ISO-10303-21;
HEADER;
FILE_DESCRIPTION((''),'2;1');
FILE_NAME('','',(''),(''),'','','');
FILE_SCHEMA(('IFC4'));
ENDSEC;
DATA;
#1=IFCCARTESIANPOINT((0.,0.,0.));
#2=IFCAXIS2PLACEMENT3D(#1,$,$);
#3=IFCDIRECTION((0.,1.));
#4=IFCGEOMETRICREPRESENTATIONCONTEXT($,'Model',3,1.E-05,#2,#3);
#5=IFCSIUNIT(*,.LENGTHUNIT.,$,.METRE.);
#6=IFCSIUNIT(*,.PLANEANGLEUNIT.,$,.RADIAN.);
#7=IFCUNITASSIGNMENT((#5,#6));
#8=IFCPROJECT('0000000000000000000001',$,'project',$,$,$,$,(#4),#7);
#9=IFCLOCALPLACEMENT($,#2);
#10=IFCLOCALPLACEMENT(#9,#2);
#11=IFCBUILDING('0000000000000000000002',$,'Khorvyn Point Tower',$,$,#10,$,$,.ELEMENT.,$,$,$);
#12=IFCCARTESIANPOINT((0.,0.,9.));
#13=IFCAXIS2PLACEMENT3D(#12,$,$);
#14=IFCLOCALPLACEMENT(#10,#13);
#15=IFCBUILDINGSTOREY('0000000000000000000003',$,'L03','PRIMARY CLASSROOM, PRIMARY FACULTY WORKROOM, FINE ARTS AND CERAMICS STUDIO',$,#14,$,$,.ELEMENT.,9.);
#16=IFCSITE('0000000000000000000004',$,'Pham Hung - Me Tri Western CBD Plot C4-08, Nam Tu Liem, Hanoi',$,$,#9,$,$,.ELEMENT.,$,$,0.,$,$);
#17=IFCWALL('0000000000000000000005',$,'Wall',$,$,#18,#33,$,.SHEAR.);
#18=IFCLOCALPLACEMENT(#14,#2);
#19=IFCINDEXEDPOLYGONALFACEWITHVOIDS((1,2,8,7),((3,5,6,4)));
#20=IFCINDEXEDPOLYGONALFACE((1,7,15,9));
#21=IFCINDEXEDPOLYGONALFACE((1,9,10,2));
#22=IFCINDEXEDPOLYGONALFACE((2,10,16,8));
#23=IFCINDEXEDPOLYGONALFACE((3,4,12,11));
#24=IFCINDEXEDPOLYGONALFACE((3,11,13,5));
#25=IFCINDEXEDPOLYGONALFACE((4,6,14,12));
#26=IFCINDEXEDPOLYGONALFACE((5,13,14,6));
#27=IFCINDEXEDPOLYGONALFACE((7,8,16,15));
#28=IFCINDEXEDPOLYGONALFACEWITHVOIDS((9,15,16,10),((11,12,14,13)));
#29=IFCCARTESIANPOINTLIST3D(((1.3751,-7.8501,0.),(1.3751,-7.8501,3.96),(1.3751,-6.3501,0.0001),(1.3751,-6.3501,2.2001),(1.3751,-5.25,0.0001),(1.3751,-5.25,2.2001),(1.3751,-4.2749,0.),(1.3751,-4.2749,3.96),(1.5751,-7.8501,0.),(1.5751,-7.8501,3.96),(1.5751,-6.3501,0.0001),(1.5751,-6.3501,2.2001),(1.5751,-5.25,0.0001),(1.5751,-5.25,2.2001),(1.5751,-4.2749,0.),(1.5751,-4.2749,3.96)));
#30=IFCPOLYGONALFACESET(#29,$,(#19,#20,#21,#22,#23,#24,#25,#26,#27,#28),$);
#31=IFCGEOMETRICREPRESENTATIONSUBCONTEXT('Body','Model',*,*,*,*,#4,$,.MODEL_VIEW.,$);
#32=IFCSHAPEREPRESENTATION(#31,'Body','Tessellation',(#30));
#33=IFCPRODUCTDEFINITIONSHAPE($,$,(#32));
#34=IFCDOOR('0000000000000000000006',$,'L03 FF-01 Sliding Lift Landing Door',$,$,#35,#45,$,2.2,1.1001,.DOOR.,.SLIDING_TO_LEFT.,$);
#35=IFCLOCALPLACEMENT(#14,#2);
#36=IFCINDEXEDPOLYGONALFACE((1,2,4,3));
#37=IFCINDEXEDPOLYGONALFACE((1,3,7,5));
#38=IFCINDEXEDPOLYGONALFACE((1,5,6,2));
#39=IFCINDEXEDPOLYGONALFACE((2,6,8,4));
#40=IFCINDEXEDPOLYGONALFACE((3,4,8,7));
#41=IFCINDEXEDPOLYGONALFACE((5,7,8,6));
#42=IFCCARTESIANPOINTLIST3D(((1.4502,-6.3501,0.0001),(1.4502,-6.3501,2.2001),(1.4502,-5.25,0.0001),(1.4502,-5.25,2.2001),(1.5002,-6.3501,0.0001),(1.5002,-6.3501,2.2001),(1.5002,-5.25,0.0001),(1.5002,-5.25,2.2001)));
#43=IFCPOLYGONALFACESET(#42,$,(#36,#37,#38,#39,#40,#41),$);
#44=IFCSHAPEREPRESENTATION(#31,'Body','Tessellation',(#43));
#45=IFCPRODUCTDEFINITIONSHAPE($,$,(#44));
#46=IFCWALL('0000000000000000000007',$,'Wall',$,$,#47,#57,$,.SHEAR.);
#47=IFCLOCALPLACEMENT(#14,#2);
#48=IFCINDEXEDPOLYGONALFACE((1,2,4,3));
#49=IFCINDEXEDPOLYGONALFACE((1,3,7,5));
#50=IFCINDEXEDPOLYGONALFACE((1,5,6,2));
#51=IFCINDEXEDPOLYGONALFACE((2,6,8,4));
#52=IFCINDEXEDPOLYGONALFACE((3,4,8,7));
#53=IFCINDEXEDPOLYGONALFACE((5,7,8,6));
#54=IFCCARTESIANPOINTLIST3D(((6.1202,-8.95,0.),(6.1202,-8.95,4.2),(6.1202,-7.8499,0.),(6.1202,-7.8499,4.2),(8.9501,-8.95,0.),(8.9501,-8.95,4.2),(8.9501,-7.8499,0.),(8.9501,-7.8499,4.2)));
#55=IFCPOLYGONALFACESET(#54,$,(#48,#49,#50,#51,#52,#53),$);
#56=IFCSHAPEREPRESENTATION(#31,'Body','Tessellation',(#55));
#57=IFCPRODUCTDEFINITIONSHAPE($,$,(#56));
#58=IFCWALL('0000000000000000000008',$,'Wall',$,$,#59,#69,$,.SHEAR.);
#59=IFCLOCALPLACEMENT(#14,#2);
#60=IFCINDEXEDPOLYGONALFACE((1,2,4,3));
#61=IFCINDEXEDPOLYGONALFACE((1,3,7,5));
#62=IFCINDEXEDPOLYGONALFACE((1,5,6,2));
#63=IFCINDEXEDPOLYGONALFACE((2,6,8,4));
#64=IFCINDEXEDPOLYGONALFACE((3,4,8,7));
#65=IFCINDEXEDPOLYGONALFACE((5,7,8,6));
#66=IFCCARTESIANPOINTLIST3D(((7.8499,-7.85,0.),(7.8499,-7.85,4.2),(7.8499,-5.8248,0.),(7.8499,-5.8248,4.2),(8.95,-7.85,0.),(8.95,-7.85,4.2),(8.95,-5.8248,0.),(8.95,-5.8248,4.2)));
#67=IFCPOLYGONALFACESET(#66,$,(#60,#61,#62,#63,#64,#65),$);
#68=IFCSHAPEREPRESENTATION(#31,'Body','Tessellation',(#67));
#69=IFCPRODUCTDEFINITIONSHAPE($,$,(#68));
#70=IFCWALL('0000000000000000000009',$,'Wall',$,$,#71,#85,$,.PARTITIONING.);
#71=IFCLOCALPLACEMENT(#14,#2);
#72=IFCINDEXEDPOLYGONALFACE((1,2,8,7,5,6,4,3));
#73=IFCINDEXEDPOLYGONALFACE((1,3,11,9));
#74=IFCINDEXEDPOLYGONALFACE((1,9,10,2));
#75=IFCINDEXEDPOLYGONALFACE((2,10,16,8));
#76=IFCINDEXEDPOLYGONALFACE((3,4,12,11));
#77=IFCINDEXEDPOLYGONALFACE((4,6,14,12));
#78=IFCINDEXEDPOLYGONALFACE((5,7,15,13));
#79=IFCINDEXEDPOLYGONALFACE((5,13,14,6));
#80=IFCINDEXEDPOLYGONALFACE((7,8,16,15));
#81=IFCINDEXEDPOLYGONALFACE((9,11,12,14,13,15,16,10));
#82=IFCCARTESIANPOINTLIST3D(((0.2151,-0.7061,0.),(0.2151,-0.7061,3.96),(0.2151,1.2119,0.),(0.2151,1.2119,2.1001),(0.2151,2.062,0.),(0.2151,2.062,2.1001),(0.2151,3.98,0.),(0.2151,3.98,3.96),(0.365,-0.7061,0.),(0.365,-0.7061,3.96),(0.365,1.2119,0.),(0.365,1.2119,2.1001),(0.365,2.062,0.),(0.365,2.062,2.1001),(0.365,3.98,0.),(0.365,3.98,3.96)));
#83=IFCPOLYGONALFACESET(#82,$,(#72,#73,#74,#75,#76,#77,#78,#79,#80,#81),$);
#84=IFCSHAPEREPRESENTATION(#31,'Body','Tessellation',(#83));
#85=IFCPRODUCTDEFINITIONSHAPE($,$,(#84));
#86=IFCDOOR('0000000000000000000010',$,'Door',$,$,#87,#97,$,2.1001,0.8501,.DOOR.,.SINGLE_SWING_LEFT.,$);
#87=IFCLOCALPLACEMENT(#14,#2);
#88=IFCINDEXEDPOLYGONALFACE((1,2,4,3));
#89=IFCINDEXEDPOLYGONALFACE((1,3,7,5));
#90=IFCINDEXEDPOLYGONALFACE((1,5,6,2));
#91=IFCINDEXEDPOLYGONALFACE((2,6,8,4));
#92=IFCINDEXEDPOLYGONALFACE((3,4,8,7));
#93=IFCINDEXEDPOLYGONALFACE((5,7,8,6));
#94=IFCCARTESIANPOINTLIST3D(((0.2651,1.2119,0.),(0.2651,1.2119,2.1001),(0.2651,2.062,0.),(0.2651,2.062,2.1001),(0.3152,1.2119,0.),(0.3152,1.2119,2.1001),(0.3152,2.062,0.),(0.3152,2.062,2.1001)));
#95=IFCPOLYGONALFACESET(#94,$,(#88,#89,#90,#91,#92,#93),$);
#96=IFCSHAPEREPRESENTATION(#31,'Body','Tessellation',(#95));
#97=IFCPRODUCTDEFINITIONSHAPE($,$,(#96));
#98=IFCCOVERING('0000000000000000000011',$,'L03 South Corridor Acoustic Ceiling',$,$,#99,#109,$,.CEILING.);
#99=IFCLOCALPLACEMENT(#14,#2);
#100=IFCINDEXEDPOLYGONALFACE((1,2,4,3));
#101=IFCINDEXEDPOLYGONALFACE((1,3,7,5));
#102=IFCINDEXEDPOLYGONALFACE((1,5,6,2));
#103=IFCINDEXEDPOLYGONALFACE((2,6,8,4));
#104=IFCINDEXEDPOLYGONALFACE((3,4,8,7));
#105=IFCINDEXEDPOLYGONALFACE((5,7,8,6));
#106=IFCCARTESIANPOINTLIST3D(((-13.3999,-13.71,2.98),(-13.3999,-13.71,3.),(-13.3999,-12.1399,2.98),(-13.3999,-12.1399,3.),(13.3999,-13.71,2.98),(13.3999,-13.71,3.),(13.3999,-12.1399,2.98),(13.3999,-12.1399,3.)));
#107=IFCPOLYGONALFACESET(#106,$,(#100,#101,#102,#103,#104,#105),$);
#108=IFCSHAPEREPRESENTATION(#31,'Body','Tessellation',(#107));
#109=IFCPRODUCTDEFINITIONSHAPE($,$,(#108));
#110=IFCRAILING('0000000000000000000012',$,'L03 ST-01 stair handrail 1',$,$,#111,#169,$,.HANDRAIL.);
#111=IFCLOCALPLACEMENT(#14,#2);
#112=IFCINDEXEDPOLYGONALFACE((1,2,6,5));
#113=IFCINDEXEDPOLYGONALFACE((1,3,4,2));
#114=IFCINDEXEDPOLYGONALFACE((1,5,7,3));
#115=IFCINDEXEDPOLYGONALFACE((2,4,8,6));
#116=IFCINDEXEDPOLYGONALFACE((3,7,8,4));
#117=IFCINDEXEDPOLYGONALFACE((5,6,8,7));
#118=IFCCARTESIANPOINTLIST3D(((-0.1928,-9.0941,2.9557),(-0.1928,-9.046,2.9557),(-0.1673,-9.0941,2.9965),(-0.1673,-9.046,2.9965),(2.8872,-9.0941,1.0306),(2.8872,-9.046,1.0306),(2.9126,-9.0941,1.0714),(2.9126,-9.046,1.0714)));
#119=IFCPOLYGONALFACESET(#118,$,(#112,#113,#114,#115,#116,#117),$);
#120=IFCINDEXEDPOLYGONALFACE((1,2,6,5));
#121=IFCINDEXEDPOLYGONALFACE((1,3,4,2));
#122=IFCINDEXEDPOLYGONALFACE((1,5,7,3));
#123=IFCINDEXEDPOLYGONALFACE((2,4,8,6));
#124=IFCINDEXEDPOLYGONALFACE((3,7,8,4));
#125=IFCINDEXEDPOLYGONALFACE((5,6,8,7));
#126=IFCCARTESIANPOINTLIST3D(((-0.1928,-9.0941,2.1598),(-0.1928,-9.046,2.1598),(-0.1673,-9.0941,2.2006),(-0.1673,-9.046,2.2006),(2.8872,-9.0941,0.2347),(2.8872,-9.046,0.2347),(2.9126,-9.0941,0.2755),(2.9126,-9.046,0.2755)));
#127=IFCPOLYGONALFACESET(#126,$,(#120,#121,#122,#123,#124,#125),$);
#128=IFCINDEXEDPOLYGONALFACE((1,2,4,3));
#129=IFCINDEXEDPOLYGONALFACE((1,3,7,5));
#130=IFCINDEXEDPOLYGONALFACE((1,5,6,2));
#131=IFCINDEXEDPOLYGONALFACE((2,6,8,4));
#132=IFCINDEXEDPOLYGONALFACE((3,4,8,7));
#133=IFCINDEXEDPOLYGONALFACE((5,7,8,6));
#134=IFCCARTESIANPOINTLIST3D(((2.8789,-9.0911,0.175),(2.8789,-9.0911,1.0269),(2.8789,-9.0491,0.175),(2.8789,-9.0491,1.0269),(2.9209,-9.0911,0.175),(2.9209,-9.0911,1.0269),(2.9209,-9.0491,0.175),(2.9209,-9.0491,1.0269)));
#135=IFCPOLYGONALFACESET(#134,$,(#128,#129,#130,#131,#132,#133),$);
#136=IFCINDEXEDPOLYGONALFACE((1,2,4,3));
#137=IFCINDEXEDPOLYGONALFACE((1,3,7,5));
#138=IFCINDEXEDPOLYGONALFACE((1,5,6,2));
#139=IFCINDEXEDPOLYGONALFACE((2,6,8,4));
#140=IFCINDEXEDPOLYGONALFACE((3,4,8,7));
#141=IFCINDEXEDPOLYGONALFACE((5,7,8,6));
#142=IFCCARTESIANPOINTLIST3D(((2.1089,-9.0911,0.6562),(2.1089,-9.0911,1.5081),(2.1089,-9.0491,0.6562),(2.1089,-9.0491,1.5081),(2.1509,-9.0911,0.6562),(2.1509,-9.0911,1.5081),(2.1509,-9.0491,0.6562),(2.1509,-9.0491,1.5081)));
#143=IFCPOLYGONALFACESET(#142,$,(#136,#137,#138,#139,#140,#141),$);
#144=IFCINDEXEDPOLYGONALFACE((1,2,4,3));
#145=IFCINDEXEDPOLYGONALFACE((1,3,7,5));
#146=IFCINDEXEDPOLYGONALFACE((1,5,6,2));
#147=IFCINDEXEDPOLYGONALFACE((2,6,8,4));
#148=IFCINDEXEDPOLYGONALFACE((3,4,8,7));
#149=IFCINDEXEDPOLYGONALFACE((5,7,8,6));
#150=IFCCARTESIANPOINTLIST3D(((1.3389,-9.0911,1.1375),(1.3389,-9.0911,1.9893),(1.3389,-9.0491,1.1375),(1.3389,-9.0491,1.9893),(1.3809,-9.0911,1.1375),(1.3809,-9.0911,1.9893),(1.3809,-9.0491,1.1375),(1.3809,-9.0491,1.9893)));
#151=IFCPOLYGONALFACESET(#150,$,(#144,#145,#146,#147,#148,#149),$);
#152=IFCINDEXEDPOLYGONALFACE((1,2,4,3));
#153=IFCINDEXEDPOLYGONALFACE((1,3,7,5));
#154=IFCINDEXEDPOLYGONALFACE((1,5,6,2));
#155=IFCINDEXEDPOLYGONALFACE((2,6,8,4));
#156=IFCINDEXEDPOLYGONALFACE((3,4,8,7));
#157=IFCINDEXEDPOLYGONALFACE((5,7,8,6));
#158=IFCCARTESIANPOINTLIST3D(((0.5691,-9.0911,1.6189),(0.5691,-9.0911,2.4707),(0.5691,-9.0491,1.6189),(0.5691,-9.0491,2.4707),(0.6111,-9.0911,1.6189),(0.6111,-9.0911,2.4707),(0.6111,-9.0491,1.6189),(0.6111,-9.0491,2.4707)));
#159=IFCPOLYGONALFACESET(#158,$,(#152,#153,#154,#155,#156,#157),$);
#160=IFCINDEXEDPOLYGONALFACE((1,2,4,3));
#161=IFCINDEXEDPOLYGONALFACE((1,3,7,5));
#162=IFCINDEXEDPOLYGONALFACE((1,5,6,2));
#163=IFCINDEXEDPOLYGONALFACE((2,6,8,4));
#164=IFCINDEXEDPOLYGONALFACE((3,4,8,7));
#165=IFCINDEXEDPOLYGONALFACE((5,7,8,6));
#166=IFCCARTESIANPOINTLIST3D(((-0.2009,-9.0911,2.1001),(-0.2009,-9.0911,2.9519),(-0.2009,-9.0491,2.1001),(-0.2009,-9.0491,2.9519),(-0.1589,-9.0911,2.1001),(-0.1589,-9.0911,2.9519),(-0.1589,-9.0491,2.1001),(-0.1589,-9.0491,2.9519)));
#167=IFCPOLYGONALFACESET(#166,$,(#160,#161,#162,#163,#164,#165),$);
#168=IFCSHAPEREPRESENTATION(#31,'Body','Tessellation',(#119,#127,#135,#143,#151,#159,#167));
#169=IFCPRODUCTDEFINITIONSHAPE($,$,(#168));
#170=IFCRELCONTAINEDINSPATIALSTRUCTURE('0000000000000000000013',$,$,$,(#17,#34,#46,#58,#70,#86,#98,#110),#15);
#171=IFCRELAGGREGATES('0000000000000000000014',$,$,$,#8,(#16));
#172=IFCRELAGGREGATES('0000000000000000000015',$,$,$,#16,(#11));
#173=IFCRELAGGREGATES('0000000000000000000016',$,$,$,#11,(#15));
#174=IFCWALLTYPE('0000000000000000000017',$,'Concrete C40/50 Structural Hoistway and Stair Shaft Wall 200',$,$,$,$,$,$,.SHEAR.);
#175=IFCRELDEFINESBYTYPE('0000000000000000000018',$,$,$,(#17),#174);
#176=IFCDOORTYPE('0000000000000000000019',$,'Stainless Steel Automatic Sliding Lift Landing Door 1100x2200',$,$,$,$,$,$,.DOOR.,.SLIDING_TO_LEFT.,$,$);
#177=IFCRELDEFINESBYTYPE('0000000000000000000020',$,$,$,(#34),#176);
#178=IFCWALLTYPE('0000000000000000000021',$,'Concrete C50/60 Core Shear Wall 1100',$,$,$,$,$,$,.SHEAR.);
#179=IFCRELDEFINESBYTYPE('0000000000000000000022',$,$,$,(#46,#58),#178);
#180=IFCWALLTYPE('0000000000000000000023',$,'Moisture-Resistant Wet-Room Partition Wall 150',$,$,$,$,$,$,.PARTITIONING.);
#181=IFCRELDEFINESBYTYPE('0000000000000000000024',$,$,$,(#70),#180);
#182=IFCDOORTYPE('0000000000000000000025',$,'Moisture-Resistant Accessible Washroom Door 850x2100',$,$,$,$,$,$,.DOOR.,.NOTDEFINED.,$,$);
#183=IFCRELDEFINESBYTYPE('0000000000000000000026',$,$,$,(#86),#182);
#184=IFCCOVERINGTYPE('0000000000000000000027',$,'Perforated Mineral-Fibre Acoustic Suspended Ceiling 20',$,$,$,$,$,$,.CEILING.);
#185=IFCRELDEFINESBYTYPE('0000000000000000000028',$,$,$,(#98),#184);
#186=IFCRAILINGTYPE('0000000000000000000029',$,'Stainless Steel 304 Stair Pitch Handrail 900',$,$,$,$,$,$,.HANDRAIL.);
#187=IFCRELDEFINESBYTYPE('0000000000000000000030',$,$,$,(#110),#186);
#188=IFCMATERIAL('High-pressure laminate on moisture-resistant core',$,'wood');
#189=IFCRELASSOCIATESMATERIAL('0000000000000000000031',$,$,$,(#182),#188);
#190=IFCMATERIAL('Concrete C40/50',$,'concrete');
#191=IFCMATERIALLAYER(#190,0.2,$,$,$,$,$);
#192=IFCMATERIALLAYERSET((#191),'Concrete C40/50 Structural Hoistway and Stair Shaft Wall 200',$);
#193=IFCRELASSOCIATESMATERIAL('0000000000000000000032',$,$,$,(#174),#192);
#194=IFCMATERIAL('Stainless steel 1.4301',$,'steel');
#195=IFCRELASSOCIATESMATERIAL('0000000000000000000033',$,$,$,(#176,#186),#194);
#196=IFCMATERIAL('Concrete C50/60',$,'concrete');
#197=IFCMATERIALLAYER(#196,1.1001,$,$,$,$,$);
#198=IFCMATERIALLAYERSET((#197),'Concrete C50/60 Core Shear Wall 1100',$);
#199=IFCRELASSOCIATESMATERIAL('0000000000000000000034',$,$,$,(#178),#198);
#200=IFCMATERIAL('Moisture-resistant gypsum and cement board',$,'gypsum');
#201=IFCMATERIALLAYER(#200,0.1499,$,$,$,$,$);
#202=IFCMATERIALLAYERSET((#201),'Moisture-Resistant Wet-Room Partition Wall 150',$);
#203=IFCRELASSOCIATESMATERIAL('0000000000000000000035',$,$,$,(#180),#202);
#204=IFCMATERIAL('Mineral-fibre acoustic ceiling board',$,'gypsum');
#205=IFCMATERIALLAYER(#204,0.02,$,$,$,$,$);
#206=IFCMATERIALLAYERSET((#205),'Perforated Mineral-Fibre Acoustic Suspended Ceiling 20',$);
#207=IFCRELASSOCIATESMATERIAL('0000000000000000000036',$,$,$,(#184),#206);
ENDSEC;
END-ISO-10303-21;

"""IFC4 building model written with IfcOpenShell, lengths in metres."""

from ifc_helpers import new_model, si_unit, direction, frame, frame_2d, origin, origin_2d, place, context, subcontext, project, spatial, polyline, rectangle, outline, extrude, material, layer, layer_set, type_object, element, fill, save


model = new_model("IFC4")

# Units and contexts
model_context = context("Model", 3, precision=1e-05, world=origin(), true_north=direction((0.0, 1.0)))
body_context = subcontext(model_context, "Body", "Model", "MODEL_VIEW")
ifc_project = project(units=[si_unit("LENGTHUNIT", "METRE"), si_unit("PLANEANGLEUNIT", "RADIAN")], contexts=[model_context])

# Site, building, storey
site_placement = place(None, origin())
site = spatial("IfcSite", under=ifc_project, at=site_placement, Name="Pham Hung - Me Tri Western CBD Plot C4-08, Nam Tu Liem, Hanoi", CompositionType="ELEMENT", RefElevation=0.0)
building_placement = place(site_placement, origin())
building = spatial("IfcBuilding", under=site, at=building_placement, Name="Khorvyn Point Tower", CompositionType="ELEMENT")
storey_placement = place(building_placement, frame((0.0, 0.0, 9.0)))
storey = spatial("IfcBuildingStorey", under=building, at=storey_placement, Name="L03", Description="PRIMARY CLASSROOM, PRIMARY FACULTY WORKROOM, FINE ARTS AND CERAMICS STUDIO", CompositionType="ELEMENT", Elevation=9.0)

# Shared definitions
ifc_material_1 = material(Name="Concrete C40/50", Category="concrete")

# Shared definitions
ifc_material_2 = material(Name="Concrete C50/60", Category="concrete")

# Shared definitions
ifc_material_3 = material(Name="High-pressure laminate on moisture-resistant core", Category="wood")
door_type_1 = type_object("IfcDoorType", Name="Moisture-Resistant Accessible Washroom Door 850x2100", OperationType="NOTDEFINED", PredefinedType="DOOR", material=ifc_material_3)

# Wall, opening, door
ifc_layer_1 = layer(ifc_material_1, 0.2)
ifc_layer_set_1 = layer_set([ifc_layer_1], Name="Concrete C40/50 Structural Hoistway and Stair Shaft Wall 200")
wall_type_1 = type_object("IfcWallType", Name="Concrete C40/50 Structural Hoistway and Stair Shaft Wall 200", PredefinedType="SHEAR", material=ifc_layer_set_1)
wall_1_placement = place(storey_placement, frame((1.4751, -7.8501, 0.0), z_axis=(0.0, 0.0, 1.0), x_axis=(0.0, 1.0, 0.0)))
wall_1 = element("IfcWall", 1, at=wall_1_placement, inside=storey, type_object=wall_type_1, Name="Wall", PredefinedType="SHEAR", context=body_context, shape_type="SweptSolid", body=[
    extrude(rectangle(XDim=3.5752, YDim=0.2, at=frame_2d((1.7876, 0.0))), origin(), (0.0, 0.0, 1.0), 3.96),
])
opening_1_placement = place(wall_1_placement, frame((1.5, 0.0, 0.0)))
opening_1 = element("IfcOpeningElement", 2, at=opening_1_placement, cuts=wall_1, PredefinedType="OPENING", context=body_context, shape_type="SweptSolid", body=[
    extrude(rectangle(XDim=1.1001, YDim=2.2, at=frame_2d((0.55, 1.1001))), frame((0.0, 0.1099, 0.0), z_axis=(0.0, -1.0, 0.0), x_axis=(1.0, 0.0, 0.0)), (0.0, 0.0, 1.0), 0.22),
])
ifc_material_4 = material(Name="Stainless steel 1.4301", Category="steel")
door_type_2 = type_object("IfcDoorType", Name="Stainless Steel Automatic Sliding Lift Landing Door 1100x2200", OperationType="SLIDING_TO_LEFT", PredefinedType="DOOR", material=ifc_material_4)
door_1_placement = place(opening_1_placement, origin())
door_1 = element("IfcDoor", 3, at=door_1_placement, inside=storey, type_object=door_type_2, Name="L03 FF-01 Sliding Lift Landing Door", OperationType="SLIDING_TO_LEFT", OverallHeight=2.2, OverallWidth=1.1001, PredefinedType="DOOR", context=body_context, shape_type="SweptSolid", body=[
    extrude(rectangle(XDim=1.1001, YDim=2.2, at=frame_2d((0.55, 1.1001))), frame((0.0, 0.0249, 0.0), z_axis=(0.0, -1.0, 0.0), x_axis=(1.0, 0.0, 0.0)), (0.0, 0.0, 1.0), 0.05),
])
fill(opening_1, door_1)

# Walls
ifc_layer_2 = layer(ifc_material_2, 1.1001)
ifc_layer_set_2 = layer_set([ifc_layer_2], Name="Concrete C50/60 Core Shear Wall 1100")
wall_type_2 = type_object("IfcWallType", Name="Concrete C50/60 Core Shear Wall 1100", PredefinedType="SHEAR", material=ifc_layer_set_2)
wall_2_placement = place(storey_placement, frame((6.1201, -8.3999, 0.0), z_axis=(0.0, 0.0, 1.0), x_axis=(1.0, 0.0, 0.0)))
element("IfcWall", 4, at=wall_2_placement, inside=storey, type_object=wall_type_2, Name="Wall", PredefinedType="SHEAR", context=body_context, shape_type="SweptSolid", body=[
    extrude(rectangle(XDim=2.8298, YDim=1.1001, at=frame_2d((1.415, 0.0))), origin(), (0.0, 0.0, 1.0), 4.2),
])
wall_3_placement = place(storey_placement, frame((8.3999, -7.8501, 0.0), z_axis=(0.0, 0.0, 1.0), x_axis=(0.0, 1.0, 0.0)))
element("IfcWall", 5, at=wall_3_placement, inside=storey, type_object=wall_type_2, Name="Wall", PredefinedType="SHEAR", context=body_context, shape_type="SweptSolid", body=[
    extrude(rectangle(XDim=2.0251, YDim=1.1001, at=frame_2d((1.0127, 0.0))), origin(), (0.0, 0.0, 1.0), 4.2),
])

# Wall, opening, door
ifc_material_5 = material(Name="Moisture-resistant gypsum and cement board", Category="gypsum")
ifc_layer_3 = layer(ifc_material_5, 0.1499)
ifc_layer_set_3 = layer_set([ifc_layer_3], Name="Moisture-Resistant Wet-Room Partition Wall 150")
wall_type_3 = type_object("IfcWallType", Name="Moisture-Resistant Wet-Room Partition Wall 150", PredefinedType="PARTITIONING", material=ifc_layer_set_3)
wall_4_placement = place(storey_placement, frame((0.29, -0.7061, 0.0), z_axis=(0.0, 0.0, 1.0), x_axis=(0.0, 1.0, 0.0)))
wall_4 = element("IfcWall", 6, at=wall_4_placement, inside=storey, type_object=wall_type_3, Name="Wall", PredefinedType="PARTITIONING", context=body_context, shape_type="SweptSolid", body=[
    extrude(rectangle(XDim=4.686, YDim=0.1499, at=frame_2d((2.343, 0.0))), origin(), (0.0, 0.0, 1.0), 3.96),
])
opening_2_placement = place(wall_4_placement, frame((1.918, 0.0, 0.0)))
opening_2 = element("IfcOpeningElement", 7, at=opening_2_placement, cuts=wall_4, PredefinedType="OPENING", context=body_context, shape_type="SweptSolid", body=[
    extrude(rectangle(XDim=0.8501, YDim=2.1001, at=frame_2d((0.425, 1.05))), frame((0.0, 0.085, 0.0), z_axis=(0.0, -1.0, 0.0), x_axis=(1.0, 0.0, 0.0)), (0.0, 0.0, 1.0), 0.1699),
])
door_2_placement = place(opening_2_placement, origin())
door_2 = element("IfcDoor", 8, at=door_2_placement, inside=storey, type_object=door_type_1, Name="Door", OperationType="SINGLE_SWING_LEFT", OverallHeight=2.1001, OverallWidth=0.8501, PredefinedType="DOOR", context=body_context, shape_type="SweptSolid", body=[
    extrude(rectangle(XDim=0.8501, YDim=2.1001, at=frame_2d((0.425, 1.05))), frame((0.0, 0.0249, 0.0), z_axis=(0.0, -1.0, 0.0), x_axis=(1.0, 0.0, 0.0)), (0.0, 0.0, 1.0), 0.05),
])
fill(opening_2, door_2)

# Covering
ifc_material_6 = material(Name="Mineral-fibre acoustic ceiling board", Category="gypsum")
ifc_layer_4 = layer(ifc_material_6, 0.02)
ifc_layer_set_4 = layer_set([ifc_layer_4], Name="Perforated Mineral-Fibre Acoustic Suspended Ceiling 20")
covering_type = type_object("IfcCoveringType", Name="Perforated Mineral-Fibre Acoustic Suspended Ceiling 20", PredefinedType="CEILING", material=ifc_layer_set_4)
covering_placement = place(storey_placement, frame((0.0, 0.0, 2.98)))
element("IfcCovering", 9, at=covering_placement, inside=storey, type_object=covering_type, Name="L03 South Corridor Acoustic Ceiling", PredefinedType="CEILING", context=body_context, shape_type="SweptSolid", body=[
    extrude(outline(polyline([(-13.3999, -13.71), (13.3999, -13.71), (13.3999, -12.1399), (-13.3999, -12.1399), (-13.3999, -13.71)])), origin(), (0.0, 0.0, 1.0), 0.02),
])

# Railing
railing_type = type_object("IfcRailingType", Name="Stainless Steel 304 Stair Pitch Handrail 900", PredefinedType="HANDRAIL", material=ifc_material_4)
railing_placement = place(storey_placement, frame((2.8999, -9.0701, 0.175)))
element("IfcRailing", 10, at=railing_placement, inside=storey, type_object=railing_type, Name="L03 ST-01 stair handrail 1", PredefinedType="HANDRAIL", context=body_context, shape_type="SweptSolid", body=[
    extrude(rectangle(XDim=0.0481, YDim=0.0481, at=origin_2d()), frame((0.0, 0.0, 0.876), z_axis=(-0.847979, 0.0, 0.530029), x_axis=(0.0, -1.0, 0.0)), (0.0, 0.0, 1.0), 3.6321),
    extrude(rectangle(XDim=0.0481, YDim=0.0481, at=origin_2d()), frame((0.0, 0.0, 0.0801), z_axis=(-0.847979, 0.0, 0.530029), x_axis=(0.0, -1.0, 0.0)), (0.0, 0.0, 1.0), 3.6321),
    extrude(rectangle(XDim=0.042, YDim=0.042, at=origin_2d()), origin(), (0.0, 0.0, 1.0), 0.8518),
    extrude(rectangle(XDim=0.042, YDim=0.042, at=origin_2d()), frame((-0.77, 0.0, 0.4812)), (0.0, 0.0, 1.0), 0.8518),
    extrude(rectangle(XDim=0.042, YDim=0.042, at=origin_2d()), frame((-1.54, 0.0, 0.9624)), (0.0, 0.0, 1.0), 0.8518),
    extrude(rectangle(XDim=0.042, YDim=0.042, at=origin_2d()), frame((-2.3098, 0.0, 1.4438)), (0.0, 0.0, 1.0), 0.8518),
    extrude(rectangle(XDim=0.042, YDim=0.042, at=origin_2d()), frame((-3.0798, 0.0, 1.925)), (0.0, 0.0, 1.0), 0.8518),
])

save(model, "model.ifc")
